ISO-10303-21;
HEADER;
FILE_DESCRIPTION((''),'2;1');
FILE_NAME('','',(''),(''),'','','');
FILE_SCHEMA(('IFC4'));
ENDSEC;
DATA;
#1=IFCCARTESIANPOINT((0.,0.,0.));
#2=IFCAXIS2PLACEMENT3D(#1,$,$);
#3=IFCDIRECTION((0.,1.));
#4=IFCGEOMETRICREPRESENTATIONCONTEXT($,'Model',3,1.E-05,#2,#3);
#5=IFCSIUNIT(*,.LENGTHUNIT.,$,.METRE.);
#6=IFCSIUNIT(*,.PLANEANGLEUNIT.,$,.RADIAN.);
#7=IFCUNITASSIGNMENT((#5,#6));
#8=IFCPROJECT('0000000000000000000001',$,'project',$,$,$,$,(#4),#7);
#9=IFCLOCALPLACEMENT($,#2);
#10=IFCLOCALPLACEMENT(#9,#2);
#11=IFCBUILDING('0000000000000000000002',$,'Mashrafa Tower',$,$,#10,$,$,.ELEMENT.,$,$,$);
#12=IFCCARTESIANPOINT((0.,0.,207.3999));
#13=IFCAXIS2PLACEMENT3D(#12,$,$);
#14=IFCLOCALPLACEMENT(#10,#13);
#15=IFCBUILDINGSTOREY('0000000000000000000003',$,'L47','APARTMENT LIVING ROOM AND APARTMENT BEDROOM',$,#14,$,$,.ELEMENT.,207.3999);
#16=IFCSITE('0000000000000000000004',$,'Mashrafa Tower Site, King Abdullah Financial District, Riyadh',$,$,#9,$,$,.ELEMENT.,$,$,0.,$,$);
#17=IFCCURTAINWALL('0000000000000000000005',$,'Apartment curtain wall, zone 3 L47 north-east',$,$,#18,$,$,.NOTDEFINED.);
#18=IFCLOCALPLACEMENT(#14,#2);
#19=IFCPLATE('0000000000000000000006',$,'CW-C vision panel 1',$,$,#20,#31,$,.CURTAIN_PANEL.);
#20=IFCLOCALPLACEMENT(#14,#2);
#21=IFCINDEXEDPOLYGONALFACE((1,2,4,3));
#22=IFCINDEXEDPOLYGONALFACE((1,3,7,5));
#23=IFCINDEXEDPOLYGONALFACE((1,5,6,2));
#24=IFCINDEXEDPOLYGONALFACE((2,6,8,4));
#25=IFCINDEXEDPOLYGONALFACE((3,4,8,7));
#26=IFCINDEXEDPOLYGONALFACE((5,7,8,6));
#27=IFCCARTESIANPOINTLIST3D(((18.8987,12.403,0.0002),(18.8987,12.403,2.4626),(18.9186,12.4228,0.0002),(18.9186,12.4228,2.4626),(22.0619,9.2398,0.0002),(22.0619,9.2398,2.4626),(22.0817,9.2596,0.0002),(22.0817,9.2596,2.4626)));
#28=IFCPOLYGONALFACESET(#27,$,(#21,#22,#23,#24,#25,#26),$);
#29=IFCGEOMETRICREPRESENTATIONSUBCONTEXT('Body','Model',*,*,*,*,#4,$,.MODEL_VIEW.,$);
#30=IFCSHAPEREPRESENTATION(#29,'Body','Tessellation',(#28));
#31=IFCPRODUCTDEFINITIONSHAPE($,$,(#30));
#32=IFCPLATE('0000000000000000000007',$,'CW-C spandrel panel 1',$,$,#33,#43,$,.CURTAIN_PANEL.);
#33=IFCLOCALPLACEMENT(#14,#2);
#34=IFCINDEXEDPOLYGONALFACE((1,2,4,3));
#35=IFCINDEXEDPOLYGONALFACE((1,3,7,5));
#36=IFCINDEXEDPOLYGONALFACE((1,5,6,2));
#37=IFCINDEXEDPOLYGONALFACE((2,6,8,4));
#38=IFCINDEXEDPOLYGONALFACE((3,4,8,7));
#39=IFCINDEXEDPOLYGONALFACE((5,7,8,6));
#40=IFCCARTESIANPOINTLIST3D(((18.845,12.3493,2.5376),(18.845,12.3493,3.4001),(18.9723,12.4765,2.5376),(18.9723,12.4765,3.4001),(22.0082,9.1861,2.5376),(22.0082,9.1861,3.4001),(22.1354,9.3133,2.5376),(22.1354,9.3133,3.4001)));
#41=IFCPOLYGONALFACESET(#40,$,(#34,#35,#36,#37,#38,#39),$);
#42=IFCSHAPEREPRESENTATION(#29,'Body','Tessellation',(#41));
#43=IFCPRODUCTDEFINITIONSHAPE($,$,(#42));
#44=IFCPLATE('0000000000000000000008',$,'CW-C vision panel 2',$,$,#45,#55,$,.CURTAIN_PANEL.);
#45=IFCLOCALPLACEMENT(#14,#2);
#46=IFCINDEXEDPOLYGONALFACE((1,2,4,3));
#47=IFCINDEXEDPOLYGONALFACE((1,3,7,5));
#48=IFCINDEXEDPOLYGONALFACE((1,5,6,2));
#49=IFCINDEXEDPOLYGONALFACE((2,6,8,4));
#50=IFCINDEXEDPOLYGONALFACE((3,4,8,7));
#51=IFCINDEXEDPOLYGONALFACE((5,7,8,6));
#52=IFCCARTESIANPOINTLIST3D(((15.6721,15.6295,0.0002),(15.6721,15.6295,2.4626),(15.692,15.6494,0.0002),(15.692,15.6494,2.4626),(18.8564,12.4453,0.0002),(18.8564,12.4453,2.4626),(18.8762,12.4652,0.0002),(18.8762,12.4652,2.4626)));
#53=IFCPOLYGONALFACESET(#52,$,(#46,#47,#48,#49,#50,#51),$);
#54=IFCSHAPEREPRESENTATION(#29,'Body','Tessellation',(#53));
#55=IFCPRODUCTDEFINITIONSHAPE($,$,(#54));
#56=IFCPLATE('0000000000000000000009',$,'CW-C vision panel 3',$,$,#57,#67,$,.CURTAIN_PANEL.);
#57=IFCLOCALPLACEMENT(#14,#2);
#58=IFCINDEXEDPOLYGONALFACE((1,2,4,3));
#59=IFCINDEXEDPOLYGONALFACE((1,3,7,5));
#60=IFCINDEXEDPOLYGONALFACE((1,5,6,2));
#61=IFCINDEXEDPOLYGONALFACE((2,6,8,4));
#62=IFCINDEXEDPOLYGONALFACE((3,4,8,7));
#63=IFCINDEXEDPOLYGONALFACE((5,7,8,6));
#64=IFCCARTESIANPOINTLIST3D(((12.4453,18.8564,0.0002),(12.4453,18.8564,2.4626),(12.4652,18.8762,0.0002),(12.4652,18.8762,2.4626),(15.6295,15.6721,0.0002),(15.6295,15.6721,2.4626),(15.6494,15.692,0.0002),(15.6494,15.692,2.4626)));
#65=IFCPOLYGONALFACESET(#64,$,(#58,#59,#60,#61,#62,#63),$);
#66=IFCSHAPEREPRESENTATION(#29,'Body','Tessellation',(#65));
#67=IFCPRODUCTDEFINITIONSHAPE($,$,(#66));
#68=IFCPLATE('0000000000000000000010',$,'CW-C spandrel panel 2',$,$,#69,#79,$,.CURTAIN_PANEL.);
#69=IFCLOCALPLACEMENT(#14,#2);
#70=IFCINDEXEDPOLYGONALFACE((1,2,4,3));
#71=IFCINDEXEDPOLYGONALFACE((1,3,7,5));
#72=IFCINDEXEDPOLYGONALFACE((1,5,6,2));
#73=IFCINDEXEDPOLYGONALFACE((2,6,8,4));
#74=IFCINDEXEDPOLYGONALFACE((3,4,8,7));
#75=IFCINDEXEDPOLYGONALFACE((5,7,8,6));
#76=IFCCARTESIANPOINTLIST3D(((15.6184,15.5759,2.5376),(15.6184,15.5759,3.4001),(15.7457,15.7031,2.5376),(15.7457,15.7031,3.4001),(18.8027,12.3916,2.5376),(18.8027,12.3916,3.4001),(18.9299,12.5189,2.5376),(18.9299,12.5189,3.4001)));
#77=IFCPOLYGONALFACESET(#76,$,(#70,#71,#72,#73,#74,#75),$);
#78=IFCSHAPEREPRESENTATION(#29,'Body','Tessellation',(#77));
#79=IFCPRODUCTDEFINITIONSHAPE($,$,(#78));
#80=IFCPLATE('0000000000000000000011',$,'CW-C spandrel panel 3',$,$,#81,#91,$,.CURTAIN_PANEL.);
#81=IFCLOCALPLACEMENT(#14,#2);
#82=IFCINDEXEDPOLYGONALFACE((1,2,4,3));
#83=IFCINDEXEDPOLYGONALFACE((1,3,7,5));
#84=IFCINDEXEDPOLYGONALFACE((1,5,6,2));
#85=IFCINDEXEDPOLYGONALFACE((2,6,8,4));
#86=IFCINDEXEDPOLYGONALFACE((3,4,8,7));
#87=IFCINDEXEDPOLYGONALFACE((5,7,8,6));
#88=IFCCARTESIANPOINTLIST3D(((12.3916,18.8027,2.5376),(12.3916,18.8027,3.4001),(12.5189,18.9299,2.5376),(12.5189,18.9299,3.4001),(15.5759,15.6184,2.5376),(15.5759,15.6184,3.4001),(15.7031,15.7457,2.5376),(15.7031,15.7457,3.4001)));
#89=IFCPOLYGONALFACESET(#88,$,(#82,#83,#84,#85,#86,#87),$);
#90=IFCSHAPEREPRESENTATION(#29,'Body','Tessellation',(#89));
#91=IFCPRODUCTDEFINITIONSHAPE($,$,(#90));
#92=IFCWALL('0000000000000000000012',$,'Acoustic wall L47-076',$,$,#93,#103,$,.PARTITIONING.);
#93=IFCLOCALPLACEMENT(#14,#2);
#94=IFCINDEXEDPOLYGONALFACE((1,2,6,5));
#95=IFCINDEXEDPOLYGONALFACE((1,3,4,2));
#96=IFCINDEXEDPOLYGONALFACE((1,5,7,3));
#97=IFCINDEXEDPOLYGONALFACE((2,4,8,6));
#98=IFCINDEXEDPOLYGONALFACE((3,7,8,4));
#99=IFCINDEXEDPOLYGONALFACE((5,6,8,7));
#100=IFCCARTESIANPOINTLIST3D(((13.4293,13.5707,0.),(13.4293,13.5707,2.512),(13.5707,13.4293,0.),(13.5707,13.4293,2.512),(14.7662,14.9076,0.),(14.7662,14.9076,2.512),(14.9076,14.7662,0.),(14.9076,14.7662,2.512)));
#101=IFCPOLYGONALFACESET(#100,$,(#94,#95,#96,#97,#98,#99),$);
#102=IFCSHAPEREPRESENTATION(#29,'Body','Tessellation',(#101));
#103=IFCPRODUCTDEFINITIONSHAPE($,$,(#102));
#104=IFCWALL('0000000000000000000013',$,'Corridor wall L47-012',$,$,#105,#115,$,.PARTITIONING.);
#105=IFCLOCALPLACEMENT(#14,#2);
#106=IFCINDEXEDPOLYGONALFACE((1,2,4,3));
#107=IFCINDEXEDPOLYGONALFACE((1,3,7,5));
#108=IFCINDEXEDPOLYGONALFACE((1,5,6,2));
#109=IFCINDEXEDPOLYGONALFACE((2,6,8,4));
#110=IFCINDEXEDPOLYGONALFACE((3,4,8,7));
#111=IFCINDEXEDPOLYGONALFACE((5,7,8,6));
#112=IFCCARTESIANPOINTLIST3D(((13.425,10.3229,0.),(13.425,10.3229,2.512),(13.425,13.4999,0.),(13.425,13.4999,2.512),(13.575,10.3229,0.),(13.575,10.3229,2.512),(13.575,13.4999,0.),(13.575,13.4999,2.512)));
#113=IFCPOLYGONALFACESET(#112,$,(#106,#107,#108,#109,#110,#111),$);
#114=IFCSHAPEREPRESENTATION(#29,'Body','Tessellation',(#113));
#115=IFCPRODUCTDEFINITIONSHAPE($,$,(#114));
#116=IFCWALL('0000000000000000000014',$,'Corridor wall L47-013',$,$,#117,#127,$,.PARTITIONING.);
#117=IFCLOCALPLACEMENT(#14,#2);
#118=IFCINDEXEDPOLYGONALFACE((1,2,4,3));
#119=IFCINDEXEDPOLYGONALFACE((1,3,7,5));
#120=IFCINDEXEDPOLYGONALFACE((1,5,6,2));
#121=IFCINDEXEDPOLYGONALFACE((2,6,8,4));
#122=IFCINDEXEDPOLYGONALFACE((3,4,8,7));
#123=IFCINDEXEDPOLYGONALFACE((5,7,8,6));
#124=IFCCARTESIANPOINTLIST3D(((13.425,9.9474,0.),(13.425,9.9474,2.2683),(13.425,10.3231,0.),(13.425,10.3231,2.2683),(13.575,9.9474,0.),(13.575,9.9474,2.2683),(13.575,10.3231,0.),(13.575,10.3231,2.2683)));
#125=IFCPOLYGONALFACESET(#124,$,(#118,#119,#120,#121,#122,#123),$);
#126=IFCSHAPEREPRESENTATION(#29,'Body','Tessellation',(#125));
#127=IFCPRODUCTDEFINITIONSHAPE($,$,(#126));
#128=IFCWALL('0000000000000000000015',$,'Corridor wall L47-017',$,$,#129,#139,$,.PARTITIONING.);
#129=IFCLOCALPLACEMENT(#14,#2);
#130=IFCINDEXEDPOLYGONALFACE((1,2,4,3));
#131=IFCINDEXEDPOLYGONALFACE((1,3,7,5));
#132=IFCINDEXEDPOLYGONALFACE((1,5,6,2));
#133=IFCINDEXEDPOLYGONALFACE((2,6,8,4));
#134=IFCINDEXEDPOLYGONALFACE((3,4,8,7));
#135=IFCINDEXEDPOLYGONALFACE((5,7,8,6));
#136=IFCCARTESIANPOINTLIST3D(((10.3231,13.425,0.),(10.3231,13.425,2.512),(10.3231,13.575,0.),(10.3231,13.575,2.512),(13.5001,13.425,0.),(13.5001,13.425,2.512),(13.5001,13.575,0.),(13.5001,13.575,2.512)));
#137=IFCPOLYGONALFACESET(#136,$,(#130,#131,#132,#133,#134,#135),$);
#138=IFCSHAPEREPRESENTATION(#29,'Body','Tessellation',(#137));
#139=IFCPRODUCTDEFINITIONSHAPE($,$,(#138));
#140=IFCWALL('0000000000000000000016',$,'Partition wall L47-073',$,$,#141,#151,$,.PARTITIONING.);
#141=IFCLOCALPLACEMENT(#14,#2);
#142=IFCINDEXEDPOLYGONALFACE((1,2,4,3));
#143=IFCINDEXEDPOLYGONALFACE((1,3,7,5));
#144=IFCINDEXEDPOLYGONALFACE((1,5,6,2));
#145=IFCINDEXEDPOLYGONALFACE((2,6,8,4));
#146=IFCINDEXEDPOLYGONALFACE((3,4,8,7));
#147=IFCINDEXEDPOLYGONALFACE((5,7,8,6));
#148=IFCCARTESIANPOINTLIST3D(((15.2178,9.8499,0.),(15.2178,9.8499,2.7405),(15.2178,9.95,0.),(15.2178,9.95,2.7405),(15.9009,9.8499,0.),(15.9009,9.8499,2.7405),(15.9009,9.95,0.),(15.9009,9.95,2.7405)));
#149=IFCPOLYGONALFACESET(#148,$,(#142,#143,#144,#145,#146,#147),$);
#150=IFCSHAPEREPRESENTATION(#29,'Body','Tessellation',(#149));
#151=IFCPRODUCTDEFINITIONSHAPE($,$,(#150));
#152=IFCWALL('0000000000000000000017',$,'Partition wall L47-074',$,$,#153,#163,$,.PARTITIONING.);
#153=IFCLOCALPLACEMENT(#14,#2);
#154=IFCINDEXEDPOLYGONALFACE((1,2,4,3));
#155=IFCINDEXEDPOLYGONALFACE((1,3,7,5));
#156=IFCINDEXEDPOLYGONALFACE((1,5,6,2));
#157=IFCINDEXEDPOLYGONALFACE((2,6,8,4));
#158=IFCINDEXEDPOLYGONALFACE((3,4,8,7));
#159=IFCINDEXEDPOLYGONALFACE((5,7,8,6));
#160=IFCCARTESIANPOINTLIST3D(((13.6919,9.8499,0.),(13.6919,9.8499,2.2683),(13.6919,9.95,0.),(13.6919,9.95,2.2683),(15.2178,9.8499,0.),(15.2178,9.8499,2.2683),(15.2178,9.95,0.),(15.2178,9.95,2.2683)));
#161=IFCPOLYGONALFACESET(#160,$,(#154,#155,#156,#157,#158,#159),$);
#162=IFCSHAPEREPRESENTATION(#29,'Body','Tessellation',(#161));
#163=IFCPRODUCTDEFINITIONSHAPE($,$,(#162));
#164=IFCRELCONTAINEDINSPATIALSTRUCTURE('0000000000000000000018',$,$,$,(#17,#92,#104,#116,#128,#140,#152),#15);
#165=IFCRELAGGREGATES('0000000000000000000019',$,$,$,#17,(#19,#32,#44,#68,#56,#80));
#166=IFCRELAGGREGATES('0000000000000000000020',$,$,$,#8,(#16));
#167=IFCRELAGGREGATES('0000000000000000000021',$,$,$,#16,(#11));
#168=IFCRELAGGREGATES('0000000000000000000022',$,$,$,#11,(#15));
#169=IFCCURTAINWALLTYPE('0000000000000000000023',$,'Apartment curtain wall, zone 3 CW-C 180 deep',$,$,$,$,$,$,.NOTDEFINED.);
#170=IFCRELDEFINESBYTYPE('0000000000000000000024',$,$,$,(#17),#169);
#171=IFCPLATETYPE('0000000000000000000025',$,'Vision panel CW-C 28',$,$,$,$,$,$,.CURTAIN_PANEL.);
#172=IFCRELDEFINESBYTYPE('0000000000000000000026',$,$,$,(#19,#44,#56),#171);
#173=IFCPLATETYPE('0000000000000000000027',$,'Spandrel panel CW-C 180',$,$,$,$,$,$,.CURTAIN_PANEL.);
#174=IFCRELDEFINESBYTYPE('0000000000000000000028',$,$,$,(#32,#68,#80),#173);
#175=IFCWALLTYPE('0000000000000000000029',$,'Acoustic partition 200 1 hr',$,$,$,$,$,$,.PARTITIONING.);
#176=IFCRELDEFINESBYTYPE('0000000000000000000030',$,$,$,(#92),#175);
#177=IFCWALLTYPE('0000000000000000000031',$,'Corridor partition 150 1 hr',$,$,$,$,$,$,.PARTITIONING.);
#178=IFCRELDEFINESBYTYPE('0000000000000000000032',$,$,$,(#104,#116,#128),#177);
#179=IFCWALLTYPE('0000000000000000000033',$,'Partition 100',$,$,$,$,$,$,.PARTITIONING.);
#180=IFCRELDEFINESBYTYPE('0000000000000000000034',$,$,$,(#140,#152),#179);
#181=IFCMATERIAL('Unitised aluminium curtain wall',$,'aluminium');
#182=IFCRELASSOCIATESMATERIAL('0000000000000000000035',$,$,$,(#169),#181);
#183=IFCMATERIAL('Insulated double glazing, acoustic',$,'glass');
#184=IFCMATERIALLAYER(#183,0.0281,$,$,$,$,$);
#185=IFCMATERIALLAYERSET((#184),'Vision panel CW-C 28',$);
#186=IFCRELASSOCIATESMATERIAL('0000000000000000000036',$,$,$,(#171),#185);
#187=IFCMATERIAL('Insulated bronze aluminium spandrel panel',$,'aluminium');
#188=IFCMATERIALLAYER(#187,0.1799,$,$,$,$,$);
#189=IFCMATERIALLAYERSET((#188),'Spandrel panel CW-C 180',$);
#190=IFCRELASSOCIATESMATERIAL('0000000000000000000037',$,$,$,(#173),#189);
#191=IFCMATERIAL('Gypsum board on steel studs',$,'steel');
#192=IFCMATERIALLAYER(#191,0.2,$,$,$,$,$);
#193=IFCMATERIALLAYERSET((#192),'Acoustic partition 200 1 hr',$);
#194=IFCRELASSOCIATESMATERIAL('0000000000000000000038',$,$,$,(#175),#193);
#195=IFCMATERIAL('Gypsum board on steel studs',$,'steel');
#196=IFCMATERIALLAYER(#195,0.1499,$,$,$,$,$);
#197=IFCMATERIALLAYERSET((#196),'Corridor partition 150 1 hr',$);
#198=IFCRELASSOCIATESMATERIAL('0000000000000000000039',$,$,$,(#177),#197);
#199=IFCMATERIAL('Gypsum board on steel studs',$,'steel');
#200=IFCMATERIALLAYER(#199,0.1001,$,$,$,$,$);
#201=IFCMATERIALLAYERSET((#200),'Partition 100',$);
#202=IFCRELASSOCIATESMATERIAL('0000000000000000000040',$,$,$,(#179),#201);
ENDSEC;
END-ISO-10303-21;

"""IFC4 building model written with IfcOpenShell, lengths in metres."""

from ifc_helpers import new_model, si_unit, direction, frame, frame_2d, origin, origin_2d, place, context, subcontext, project, spatial, rectangle, extrude, source, transform, mapped, material, layer, layer_set, type_object, type_shapes, element, aggregate, save


model = new_model("IFC4")

# Units and contexts
model_context = context("Model", 3, precision=1e-05, world=origin(), true_north=direction((0.0, 1.0)))
body_context = subcontext(model_context, "Body", "Model", "MODEL_VIEW")
ifc_project = project(units=[si_unit("LENGTHUNIT", "METRE"), si_unit("PLANEANGLEUNIT", "RADIAN")], contexts=[model_context])

# Site, building, storey
site_placement = place(None, origin())
site = spatial("IfcSite", under=ifc_project, at=site_placement, Name="Mashrafa Tower Site, King Abdullah Financial District, Riyadh", CompositionType="ELEMENT", RefElevation=0.0)
building_placement = place(site_placement, origin())
building = spatial("IfcBuilding", under=site, at=building_placement, Name="Mashrafa Tower", CompositionType="ELEMENT")
storey_placement = place(building_placement, frame((0.0, 0.0, 207.3999)))
storey = spatial("IfcBuildingStorey", under=building, at=storey_placement, Name="L47", Description="APARTMENT LIVING ROOM AND APARTMENT BEDROOM", CompositionType="ELEMENT", Elevation=207.3999)

# Curtain wall, plates
ifc_material_1 = material(Name="Unitised aluminium curtain wall", Category="aluminium")
curtain_wall_type = type_object("IfcCurtainWallType", Name="Apartment curtain wall, zone 3 CW-C 180 deep", PredefinedType="NOTDEFINED", material=ifc_material_1)
curtain_wall_placement = place(storey_placement, origin())
curtain_wall = element("IfcCurtainWall", 1, at=curtain_wall_placement, inside=storey, type_object=curtain_wall_type, Name="Apartment curtain wall, zone 3 L47 north-east", PredefinedType="NOTDEFINED")
ifc_material_2 = material(Name="Insulated double glazing, acoustic", Category="glass")
ifc_layer_1 = layer(ifc_material_2, 0.0281)
ifc_layer_set_1 = layer_set([ifc_layer_1], Name="Vision panel CW-C 28")
plate_type_1 = type_object("IfcPlateType", Name="Vision panel CW-C 28", PredefinedType="CURTAIN_PANEL", material=ifc_layer_set_1)
shared_shape_1 = source(origin(), body_context, "Body", "SweptSolid", [
    extrude(rectangle(XDim=4.4734, YDim=0.0281, at=origin_2d()), origin(), (0.0, 0.0, 1.0), 2.4624),
])
plate_1_placement = place(storey_placement, frame((20.4902, 10.8313, 0.0002), z_axis=(0.0, 0.0, 1.0), x_axis=(-0.707107, 0.707107, 0.0)))
plate_1 = element("IfcPlate", 2, at=plate_1_placement, type_object=plate_type_1, Name="CW-C vision panel 1", PredefinedType="CURTAIN_PANEL", context=body_context, shape_type="MappedRepresentation", body=[
    mapped(shared_shape_1, transform((0.0, 0.0, 0.0))),
])
ifc_material_3 = material(Name="Insulated bronze aluminium spandrel panel", Category="aluminium")
ifc_layer_2 = layer(ifc_material_3, 0.1799)
ifc_layer_set_2 = layer_set([ifc_layer_2], Name="Spandrel panel CW-C 180")
plate_type_2 = type_object("IfcPlateType", Name="Spandrel panel CW-C 180", PredefinedType="CURTAIN_PANEL", material=ifc_layer_set_2)
shared_shape_2 = source(origin(), body_context, "Body", "SweptSolid", [
    extrude(rectangle(XDim=4.4734, YDim=0.1799, at=origin_2d()), origin(), (0.0, 0.0, 1.0), 0.8625),
])
plate_2_placement = place(storey_placement, frame((20.4902, 10.8313, 2.5376), z_axis=(0.0, 0.0, 1.0), x_axis=(-0.707107, 0.707107, 0.0)))
plate_2 = element("IfcPlate", 3, at=plate_2_placement, type_object=plate_type_2, Name="CW-C spandrel panel 1", PredefinedType="CURTAIN_PANEL", context=body_context, shape_type="MappedRepresentation", body=[
    mapped(shared_shape_2, transform((0.0, 0.0, 0.0))),
])
shared_shape_3 = source(origin(), body_context, "Body", "SweptSolid", [
    extrude(rectangle(XDim=4.5032, YDim=0.0281, at=origin_2d()), origin(), (0.0, 0.0, 1.0), 2.4624),
])
type_shapes(plate_type_1, [shared_shape_1, shared_shape_3])
plate_3_placement = place(storey_placement, frame((17.2742, 14.0474, 0.0002), z_axis=(0.0, 0.0, 1.0), x_axis=(-0.707107, 0.707107, 0.0)))
plate_3 = element("IfcPlate", 4, at=plate_3_placement, type_object=plate_type_1, Name="CW-C vision panel 2", PredefinedType="CURTAIN_PANEL", context=body_context, shape_type="MappedRepresentation", body=[
    mapped(shared_shape_3, transform((0.0, 0.0, 0.0))),
])
plate_4_placement = place(storey_placement, frame((14.0474, 17.2742, 0.0002), z_axis=(0.0, 0.0, 1.0), x_axis=(-0.707107, 0.707107, 0.0)))
plate_4 = element("IfcPlate", 5, at=plate_4_placement, type_object=plate_type_1, Name="CW-C vision panel 3", PredefinedType="CURTAIN_PANEL", context=body_context, shape_type="MappedRepresentation", body=[
    mapped(shared_shape_3, transform((0.0, 0.0, 0.0))),
])
shared_shape_4 = source(origin(), body_context, "Body", "SweptSolid", [
    extrude(rectangle(XDim=4.5032, YDim=0.1799, at=origin_2d()), origin(), (0.0, 0.0, 1.0), 0.8625),
])
type_shapes(plate_type_2, [shared_shape_2, shared_shape_4])
plate_5_placement = place(storey_placement, frame((17.2742, 14.0474, 2.5376), z_axis=(0.0, 0.0, 1.0), x_axis=(-0.707107, 0.707107, 0.0)))
plate_5 = element("IfcPlate", 6, at=plate_5_placement, type_object=plate_type_2, Name="CW-C spandrel panel 2", PredefinedType="CURTAIN_PANEL", context=body_context, shape_type="MappedRepresentation", body=[
    mapped(shared_shape_4, transform((0.0, 0.0, 0.0))),
])
plate_6_placement = place(storey_placement, frame((14.0474, 17.2742, 2.5376), z_axis=(0.0, 0.0, 1.0), x_axis=(-0.707107, 0.707107, 0.0)))
plate_6 = element("IfcPlate", 7, at=plate_6_placement, type_object=plate_type_2, Name="CW-C spandrel panel 3", PredefinedType="CURTAIN_PANEL", context=body_context, shape_type="MappedRepresentation", body=[
    mapped(shared_shape_4, transform((0.0, 0.0, 0.0))),
])
aggregate(curtain_wall, [plate_1, plate_2, plate_3, plate_5, plate_4, plate_6])

# Walls
ifc_material_4 = material(Name="Gypsum board on steel studs", Category="steel")
ifc_layer_3 = layer(ifc_material_4, 0.2)
ifc_layer_set_3 = layer_set([ifc_layer_3], Name="Acoustic partition 200 1 hr")
wall_type_1 = type_object("IfcWallType", Name="Acoustic partition 200 1 hr", PredefinedType="PARTITIONING", material=ifc_layer_set_3)
wall_1_placement = place(storey_placement, frame((14.8369, 14.8369, 0.0), z_axis=(0.0, 0.0, 1.0), x_axis=(-0.707107, -0.707107, 0.0)))
element("IfcWall", 8, at=wall_1_placement, inside=storey, type_object=wall_type_1, Name="Acoustic wall L47-076", PredefinedType="PARTITIONING", context=body_context, shape_type="SweptSolid", body=[
    extrude(rectangle(XDim=1.8906, YDim=0.2, at=frame_2d((0.9453, 0.0))), origin(), (0.0, 0.0, 1.0), 2.512),
])
ifc_material_5 = material(Name="Gypsum board on steel studs", Category="steel")
ifc_layer_4 = layer(ifc_material_5, 0.1499)
ifc_layer_set_4 = layer_set([ifc_layer_4], Name="Corridor partition 150 1 hr")
wall_type_2 = type_object("IfcWallType", Name="Corridor partition 150 1 hr", PredefinedType="PARTITIONING", material=ifc_layer_set_4)
wall_2_placement = place(storey_placement, frame((13.5, 10.323, 0.0), z_axis=(0.0, 0.0, 1.0), x_axis=(0.0, 1.0, 0.0)))
element("IfcWall", 9, at=wall_2_placement, inside=storey, type_object=wall_type_2, Name="Corridor wall L47-012", PredefinedType="PARTITIONING", context=body_context, shape_type="SweptSolid", body=[
    extrude(rectangle(XDim=3.177, YDim=0.1499, at=frame_2d((1.5884, 0.0))), origin(), (0.0, 0.0, 1.0), 2.512),
])
wall_3_placement = place(storey_placement, frame((13.5, 9.9473, 0.0), z_axis=(0.0, 0.0, 1.0), x_axis=(0.0, 1.0, 0.0)))
element("IfcWall", 10, at=wall_3_placement, inside=storey, type_object=wall_type_2, Name="Corridor wall L47-013", PredefinedType="PARTITIONING", context=body_context, shape_type="SweptSolid", body=[
    extrude(rectangle(XDim=0.3757, YDim=0.1499, at=frame_2d((0.188, 0.0))), origin(), (0.0, 0.0, 1.0), 2.2683),
])
wall_4_placement = place(storey_placement, frame((13.5, 13.5, 0.0), z_axis=(0.0, 0.0, 1.0), x_axis=(-1.0, 0.0, 0.0)))
element("IfcWall", 11, at=wall_4_placement, inside=storey, type_object=wall_type_2, Name="Corridor wall L47-017", PredefinedType="PARTITIONING", context=body_context, shape_type="SweptSolid", body=[
    extrude(rectangle(XDim=3.177, YDim=0.1499, at=frame_2d((1.5884, 0.0))), origin(), (0.0, 0.0, 1.0), 2.512),
])
ifc_material_6 = material(Name="Gypsum board on steel studs", Category="steel")
ifc_layer_5 = layer(ifc_material_6, 0.1001)
ifc_layer_set_5 = layer_set([ifc_layer_5], Name="Partition 100")
wall_type_3 = type_object("IfcWallType", Name="Partition 100", PredefinedType="PARTITIONING", material=ifc_layer_set_5)
wall_5_placement = place(storey_placement, frame((15.2178, 9.8999, 0.0), z_axis=(0.0, 0.0, 1.0), x_axis=(1.0, 0.0, 0.0)))
element("IfcWall", 12, at=wall_5_placement, inside=storey, type_object=wall_type_3, Name="Partition wall L47-073", PredefinedType="PARTITIONING", context=body_context, shape_type="SweptSolid", body=[
    extrude(rectangle(XDim=0.6831, YDim=0.1001, at=frame_2d((0.3416, 0.0))), origin(), (0.0, 0.0, 1.0), 2.7405),
])
wall_6_placement = place(storey_placement, frame((13.6919, 9.8999, 0.0), z_axis=(0.0, 0.0, 1.0), x_axis=(1.0, 0.0, 0.0)))
element("IfcWall", 13, at=wall_6_placement, inside=storey, type_object=wall_type_3, Name="Partition wall L47-074", PredefinedType="PARTITIONING", context=body_context, shape_type="SweptSolid", body=[
    extrude(rectangle(XDim=1.5259, YDim=0.1001, at=frame_2d((0.7629, 0.0))), origin(), (0.0, 0.0, 1.0), 2.2683),
])

save(model, "model.ifc")
